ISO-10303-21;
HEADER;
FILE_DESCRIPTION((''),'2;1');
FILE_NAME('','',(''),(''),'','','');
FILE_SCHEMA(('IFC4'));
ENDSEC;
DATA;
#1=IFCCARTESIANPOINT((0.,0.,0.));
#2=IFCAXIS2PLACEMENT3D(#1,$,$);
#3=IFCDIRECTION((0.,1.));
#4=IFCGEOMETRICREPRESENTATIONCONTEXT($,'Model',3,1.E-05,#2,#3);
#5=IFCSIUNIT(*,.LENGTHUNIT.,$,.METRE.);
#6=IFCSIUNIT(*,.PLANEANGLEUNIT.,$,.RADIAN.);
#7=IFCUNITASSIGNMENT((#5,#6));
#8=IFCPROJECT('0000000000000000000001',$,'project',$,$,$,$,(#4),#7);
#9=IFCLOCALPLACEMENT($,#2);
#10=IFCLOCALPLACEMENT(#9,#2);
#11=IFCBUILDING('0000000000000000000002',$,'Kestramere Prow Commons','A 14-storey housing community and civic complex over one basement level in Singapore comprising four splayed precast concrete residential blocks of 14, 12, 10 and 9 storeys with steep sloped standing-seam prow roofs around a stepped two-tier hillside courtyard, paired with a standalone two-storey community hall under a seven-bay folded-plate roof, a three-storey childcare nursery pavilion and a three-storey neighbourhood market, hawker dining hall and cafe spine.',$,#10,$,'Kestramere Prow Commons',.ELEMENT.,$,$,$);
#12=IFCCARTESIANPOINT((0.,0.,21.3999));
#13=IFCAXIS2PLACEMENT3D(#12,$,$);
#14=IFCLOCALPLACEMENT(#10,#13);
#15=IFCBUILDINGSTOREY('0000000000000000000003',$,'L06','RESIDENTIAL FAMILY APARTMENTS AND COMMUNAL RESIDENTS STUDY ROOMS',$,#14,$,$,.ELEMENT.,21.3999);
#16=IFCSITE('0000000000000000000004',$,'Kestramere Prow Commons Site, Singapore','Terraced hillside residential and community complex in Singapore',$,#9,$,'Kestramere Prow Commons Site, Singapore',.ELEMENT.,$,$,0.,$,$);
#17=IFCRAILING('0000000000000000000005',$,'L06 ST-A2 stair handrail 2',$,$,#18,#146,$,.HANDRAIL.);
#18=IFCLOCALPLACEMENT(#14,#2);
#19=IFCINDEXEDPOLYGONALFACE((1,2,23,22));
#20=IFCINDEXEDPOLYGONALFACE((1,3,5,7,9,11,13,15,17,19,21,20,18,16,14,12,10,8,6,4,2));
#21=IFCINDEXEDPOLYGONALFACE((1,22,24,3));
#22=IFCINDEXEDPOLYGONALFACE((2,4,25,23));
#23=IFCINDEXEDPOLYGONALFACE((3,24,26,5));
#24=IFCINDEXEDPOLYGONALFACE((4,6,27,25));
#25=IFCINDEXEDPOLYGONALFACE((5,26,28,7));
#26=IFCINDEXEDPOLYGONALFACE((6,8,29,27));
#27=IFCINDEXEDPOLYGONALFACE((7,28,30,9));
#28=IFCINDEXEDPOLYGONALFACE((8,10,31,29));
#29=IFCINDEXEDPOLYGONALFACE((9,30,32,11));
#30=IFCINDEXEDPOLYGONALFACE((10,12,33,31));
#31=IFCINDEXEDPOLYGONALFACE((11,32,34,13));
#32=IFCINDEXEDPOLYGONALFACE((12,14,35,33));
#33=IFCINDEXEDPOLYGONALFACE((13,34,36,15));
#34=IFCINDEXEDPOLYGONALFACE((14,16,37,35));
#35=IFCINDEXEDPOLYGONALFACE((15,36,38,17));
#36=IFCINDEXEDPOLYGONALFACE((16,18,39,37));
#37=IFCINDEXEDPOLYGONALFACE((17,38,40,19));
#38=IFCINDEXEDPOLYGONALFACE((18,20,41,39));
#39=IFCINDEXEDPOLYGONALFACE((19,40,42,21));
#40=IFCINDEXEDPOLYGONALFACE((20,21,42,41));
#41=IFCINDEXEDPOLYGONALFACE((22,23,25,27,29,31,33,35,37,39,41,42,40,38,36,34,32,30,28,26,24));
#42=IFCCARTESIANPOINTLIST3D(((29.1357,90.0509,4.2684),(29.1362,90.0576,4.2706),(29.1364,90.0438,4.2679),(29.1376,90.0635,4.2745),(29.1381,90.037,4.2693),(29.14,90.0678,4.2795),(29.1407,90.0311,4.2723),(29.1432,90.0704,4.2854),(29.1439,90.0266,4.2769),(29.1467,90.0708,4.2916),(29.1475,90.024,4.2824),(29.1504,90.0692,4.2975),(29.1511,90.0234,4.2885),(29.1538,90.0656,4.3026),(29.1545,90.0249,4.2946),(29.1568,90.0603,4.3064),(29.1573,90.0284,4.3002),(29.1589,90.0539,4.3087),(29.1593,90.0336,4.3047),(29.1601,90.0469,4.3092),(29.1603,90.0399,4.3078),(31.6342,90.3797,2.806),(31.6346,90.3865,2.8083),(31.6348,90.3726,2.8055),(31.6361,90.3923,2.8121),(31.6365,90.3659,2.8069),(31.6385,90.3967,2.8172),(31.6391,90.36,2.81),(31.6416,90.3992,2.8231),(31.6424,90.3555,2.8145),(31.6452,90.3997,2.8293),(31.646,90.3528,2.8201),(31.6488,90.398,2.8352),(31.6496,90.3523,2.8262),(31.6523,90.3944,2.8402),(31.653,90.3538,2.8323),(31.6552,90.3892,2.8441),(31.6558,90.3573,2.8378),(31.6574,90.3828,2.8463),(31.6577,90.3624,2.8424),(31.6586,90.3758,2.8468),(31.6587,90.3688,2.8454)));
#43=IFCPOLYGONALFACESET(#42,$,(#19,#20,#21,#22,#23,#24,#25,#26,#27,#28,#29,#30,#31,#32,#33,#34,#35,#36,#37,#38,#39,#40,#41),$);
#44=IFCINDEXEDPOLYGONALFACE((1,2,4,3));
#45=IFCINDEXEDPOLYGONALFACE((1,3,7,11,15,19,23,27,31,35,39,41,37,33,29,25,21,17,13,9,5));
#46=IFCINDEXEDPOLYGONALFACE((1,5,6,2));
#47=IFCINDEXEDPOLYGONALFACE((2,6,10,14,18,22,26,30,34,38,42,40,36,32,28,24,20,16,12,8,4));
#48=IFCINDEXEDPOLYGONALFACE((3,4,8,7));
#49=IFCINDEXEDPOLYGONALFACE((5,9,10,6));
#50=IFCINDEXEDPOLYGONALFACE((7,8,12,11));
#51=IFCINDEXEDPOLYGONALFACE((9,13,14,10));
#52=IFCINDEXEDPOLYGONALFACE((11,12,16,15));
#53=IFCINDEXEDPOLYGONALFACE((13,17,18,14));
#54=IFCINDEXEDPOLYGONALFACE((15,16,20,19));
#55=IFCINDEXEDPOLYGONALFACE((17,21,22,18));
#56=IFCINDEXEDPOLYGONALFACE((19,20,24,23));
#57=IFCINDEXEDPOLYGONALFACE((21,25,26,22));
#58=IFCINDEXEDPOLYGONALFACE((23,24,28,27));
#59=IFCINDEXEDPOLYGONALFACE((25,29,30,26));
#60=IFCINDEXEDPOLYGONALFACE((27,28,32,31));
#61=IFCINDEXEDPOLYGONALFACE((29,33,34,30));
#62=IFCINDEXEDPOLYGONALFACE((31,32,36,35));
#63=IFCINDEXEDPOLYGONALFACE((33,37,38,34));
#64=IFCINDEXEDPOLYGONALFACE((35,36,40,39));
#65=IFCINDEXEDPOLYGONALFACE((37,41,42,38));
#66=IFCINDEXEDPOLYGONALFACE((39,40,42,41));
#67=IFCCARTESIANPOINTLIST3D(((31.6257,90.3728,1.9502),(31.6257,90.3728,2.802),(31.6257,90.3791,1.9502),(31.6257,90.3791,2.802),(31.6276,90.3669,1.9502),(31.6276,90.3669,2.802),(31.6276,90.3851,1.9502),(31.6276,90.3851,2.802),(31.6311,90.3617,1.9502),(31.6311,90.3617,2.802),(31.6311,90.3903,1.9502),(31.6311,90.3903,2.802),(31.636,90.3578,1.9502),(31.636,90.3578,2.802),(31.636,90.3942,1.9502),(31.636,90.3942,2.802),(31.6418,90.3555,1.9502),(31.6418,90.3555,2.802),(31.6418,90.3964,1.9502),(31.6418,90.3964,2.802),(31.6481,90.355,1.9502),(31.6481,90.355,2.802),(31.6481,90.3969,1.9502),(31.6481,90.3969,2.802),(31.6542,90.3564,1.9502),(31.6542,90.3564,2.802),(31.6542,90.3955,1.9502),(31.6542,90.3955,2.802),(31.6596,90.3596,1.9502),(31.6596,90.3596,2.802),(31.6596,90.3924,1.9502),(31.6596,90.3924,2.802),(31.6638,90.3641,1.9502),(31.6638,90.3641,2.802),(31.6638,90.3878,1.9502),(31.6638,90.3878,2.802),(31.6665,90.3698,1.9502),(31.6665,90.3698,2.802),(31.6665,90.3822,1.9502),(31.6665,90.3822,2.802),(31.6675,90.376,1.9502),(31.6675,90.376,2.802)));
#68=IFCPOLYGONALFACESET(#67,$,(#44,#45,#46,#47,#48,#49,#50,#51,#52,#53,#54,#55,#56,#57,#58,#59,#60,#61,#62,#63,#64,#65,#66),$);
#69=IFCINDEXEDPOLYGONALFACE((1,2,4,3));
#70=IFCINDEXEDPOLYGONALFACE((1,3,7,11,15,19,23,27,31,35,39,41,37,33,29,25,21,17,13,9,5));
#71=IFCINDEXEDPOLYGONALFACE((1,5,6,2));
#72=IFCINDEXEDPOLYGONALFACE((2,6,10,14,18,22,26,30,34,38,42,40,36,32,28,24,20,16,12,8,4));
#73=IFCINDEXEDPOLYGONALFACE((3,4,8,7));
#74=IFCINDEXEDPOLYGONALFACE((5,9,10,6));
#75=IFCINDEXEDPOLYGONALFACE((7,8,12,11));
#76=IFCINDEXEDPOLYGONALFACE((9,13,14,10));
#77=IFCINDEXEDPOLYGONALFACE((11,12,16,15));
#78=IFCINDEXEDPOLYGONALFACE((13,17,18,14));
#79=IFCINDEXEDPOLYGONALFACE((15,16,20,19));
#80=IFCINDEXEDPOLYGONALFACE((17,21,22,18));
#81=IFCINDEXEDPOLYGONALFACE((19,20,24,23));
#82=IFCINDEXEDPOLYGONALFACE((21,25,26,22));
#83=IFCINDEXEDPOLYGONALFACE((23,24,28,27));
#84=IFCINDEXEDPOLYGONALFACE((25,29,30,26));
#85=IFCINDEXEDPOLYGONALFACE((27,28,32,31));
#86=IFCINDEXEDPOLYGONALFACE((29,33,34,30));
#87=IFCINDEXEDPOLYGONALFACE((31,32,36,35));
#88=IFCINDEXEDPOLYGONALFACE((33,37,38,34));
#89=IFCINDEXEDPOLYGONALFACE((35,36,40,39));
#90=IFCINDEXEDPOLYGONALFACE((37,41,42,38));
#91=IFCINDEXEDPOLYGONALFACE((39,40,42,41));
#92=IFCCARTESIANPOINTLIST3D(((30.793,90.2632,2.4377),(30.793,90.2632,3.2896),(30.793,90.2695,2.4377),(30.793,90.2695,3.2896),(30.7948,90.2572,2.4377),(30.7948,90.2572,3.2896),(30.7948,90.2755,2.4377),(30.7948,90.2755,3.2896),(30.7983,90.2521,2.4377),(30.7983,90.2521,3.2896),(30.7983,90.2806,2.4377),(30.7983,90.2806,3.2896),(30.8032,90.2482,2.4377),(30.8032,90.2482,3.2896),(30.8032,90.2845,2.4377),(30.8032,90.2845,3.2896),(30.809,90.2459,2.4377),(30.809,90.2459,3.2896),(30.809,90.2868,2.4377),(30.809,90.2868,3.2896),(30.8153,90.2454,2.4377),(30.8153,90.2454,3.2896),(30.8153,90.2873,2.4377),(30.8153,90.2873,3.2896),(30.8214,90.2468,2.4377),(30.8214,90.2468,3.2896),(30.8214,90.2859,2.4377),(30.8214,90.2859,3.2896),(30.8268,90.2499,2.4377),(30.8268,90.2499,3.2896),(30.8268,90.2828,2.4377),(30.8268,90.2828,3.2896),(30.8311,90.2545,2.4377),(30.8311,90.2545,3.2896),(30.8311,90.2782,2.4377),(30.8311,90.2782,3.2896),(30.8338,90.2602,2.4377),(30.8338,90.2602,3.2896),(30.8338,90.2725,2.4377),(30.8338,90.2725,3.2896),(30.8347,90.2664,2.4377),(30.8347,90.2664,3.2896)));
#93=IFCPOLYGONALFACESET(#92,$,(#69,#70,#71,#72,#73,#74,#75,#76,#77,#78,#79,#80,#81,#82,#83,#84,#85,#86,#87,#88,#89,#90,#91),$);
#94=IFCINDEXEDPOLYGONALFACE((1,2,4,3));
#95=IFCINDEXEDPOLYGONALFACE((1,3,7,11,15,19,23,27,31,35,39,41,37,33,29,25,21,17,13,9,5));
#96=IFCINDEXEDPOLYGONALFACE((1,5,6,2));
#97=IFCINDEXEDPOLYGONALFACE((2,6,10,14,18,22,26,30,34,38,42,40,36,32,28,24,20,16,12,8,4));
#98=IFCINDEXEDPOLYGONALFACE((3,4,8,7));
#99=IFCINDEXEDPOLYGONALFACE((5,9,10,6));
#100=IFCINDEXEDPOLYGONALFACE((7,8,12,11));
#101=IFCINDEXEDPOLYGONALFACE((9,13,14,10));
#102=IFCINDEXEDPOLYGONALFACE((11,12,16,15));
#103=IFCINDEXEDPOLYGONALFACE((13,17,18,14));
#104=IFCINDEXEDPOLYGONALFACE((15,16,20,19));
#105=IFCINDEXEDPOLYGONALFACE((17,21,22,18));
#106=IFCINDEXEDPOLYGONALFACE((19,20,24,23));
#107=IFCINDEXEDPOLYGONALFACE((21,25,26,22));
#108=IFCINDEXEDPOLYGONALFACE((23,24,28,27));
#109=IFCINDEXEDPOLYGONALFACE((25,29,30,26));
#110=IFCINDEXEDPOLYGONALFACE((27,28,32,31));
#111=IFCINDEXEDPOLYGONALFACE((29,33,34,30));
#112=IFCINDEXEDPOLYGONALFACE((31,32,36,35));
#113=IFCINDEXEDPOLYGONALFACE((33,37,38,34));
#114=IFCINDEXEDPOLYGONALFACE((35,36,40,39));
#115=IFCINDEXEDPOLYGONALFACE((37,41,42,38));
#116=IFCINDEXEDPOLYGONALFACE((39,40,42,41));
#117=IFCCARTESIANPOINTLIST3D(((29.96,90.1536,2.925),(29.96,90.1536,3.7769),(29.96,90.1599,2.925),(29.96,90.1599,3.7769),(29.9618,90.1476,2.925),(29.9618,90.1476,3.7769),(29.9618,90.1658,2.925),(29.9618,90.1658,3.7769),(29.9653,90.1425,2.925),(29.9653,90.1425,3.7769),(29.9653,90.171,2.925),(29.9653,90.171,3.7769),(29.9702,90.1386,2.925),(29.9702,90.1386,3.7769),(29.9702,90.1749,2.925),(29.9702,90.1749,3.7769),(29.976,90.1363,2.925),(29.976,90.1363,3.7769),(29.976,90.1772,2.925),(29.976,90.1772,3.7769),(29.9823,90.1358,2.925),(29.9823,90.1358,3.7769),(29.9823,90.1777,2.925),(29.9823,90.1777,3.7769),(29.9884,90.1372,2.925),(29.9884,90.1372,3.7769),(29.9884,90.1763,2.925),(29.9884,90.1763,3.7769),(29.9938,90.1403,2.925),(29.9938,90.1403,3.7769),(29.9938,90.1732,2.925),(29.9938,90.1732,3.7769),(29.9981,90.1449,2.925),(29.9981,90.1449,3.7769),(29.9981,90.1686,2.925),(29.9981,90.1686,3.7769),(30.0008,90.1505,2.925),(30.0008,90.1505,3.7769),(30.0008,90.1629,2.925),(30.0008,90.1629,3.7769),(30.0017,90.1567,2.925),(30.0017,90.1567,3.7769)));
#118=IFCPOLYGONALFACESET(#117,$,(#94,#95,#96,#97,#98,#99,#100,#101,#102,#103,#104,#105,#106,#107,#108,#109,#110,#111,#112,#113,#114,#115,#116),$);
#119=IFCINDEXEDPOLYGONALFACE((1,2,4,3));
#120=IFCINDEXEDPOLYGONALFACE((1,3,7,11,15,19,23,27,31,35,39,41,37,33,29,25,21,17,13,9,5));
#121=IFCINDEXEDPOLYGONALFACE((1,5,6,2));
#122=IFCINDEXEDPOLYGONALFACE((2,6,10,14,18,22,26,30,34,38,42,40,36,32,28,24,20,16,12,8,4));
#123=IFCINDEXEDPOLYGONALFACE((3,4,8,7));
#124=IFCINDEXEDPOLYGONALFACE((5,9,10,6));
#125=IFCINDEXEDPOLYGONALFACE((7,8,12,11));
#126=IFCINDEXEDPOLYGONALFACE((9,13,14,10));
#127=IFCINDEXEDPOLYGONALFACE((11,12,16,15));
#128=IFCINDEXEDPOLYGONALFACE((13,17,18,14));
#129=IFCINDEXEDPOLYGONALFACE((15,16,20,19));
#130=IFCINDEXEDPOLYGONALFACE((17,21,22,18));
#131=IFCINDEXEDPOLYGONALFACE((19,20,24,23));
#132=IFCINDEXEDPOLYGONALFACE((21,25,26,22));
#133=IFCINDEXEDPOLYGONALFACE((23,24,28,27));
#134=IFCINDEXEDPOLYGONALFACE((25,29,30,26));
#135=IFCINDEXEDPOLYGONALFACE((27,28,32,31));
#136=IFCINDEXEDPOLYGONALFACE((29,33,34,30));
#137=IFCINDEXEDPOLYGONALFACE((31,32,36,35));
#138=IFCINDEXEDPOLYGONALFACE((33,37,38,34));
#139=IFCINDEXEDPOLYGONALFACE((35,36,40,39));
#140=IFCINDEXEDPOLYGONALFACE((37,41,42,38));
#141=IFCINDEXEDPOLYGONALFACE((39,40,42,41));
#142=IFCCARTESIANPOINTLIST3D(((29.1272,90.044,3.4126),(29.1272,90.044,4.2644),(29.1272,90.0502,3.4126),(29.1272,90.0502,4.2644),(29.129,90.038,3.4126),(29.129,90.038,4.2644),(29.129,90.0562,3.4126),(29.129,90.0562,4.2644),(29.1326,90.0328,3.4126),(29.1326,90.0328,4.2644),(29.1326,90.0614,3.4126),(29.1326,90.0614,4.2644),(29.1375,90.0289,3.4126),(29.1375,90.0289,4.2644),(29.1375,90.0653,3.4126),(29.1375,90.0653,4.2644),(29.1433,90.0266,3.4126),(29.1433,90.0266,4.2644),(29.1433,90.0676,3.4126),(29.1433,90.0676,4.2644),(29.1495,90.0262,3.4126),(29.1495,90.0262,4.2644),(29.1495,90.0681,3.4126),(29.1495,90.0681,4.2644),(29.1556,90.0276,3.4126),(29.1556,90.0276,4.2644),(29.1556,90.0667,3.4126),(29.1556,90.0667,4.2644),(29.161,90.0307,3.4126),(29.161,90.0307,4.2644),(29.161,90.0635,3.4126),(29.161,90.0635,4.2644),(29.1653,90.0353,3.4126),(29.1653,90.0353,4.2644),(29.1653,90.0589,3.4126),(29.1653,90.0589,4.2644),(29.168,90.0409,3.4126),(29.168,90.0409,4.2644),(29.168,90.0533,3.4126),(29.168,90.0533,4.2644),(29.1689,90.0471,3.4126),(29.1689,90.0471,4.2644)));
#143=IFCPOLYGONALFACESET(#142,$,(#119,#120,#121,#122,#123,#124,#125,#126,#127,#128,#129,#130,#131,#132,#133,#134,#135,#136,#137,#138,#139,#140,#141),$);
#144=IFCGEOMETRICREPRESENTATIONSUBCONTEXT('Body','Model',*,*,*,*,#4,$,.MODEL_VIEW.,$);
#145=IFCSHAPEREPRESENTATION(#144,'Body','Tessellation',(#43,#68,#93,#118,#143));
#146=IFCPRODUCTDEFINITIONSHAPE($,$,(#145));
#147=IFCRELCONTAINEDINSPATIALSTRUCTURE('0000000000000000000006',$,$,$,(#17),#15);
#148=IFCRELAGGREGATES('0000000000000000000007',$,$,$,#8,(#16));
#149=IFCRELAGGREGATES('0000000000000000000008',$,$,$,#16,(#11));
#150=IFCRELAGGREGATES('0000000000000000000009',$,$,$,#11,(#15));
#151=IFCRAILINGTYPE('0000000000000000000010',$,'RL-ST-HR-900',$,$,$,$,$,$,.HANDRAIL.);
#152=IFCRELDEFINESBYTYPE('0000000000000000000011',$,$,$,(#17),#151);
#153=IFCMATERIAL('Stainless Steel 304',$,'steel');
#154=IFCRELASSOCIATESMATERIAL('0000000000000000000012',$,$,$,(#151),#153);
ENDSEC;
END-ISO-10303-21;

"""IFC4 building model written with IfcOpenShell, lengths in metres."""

from ifc_helpers import new_model, si_unit, direction, frame, origin, origin_2d, place, context, subcontext, project, spatial, circle, extrude, material, type_object, element, save


model = new_model("IFC4")

# Units and contexts
model_context = context("Model", 3, precision=1e-05, world=origin(), true_north=direction((0.0, 1.0)))
body_context = subcontext(model_context, "Body", "Model", "MODEL_VIEW")
ifc_project = project(units=[si_unit("LENGTHUNIT", "METRE"), si_unit("PLANEANGLEUNIT", "RADIAN")], contexts=[model_context])

# Site, building, storey
site_placement = place(None, origin())
site = spatial("IfcSite", under=ifc_project, at=site_placement, Name="Kestramere Prow Commons Site, Singapore", Description="Terraced hillside residential and community complex in Singapore", LongName="Kestramere Prow Commons Site, Singapore", CompositionType="ELEMENT", RefElevation=0.0)
building_placement = place(site_placement, origin())
building = spatial("IfcBuilding", under=site, at=building_placement, Name="Kestramere Prow Commons", Description="A 14-storey housing community and civic complex over one basement level in Singapore comprising four splayed precast concrete residential blocks of 14, 12, 10 and 9 storeys with steep sloped standing-seam prow roofs around a stepped two-tier hillside courtyard, paired with a standalone two-storey community hall under a seven-bay folded-plate roof, a three-storey childcare nursery pavilion and a three-storey neighbourhood market, hawker dining hall and cafe spine.", LongName="Kestramere Prow Commons", CompositionType="ELEMENT")
storey_placement = place(building_placement, frame((0.0, 0.0, 21.3999)))
storey = spatial("IfcBuildingStorey", under=building, at=storey_placement, Name="L06", Description="RESIDENTIAL FAMILY APARTMENTS AND COMMUNAL RESIDENTS STUDY ROOMS", CompositionType="ELEMENT", Elevation=21.3999)

# Railing
ifc_material_1 = material(Name="Stainless Steel 304", Category="steel")
railing_type_1 = type_object("IfcRailingType", Name="RL-ST-HR-900", PredefinedType="HANDRAIL", material=ifc_material_1)
railing_1_placement = place(storey_placement, frame((31.6465, 90.376, 1.9502)))
element("IfcRailing", 1, at=railing_1_placement, inside=storey, type_object=railing_type_1, Name="L06 ST-A2 stair handrail 2", PredefinedType="HANDRAIL", context=body_context, shape_type="SweptSolid", body=[
    extrude(circle(Radius=0.0239, at=origin_2d()), frame((0.0, 0.0, 0.876), z_axis=(-0.857523, -0.112867, 0.501912), x_axis=(0.130495, -0.991449, 0.0)), (0.0, 0.0, 1.0), 2.9136),
    extrude(circle(Radius=0.021, at=origin_2d()), origin(), (0.0, 0.0, 1.0), 0.8518),
    extrude(circle(Radius=0.021, at=origin_2d()), frame((-0.8328, -0.1096, 0.4875)), (0.0, 0.0, 1.0), 0.8518),
    extrude(circle(Radius=0.021, at=origin_2d()), frame((-1.6658, -0.2192, 0.9749)), (0.0, 0.0, 1.0), 0.8518),
    extrude(circle(Radius=0.021, at=origin_2d()), frame((-2.4985, -0.3289, 1.4624)), (0.0, 0.0, 1.0), 0.8518),
])

save(model, "model.ifc")
